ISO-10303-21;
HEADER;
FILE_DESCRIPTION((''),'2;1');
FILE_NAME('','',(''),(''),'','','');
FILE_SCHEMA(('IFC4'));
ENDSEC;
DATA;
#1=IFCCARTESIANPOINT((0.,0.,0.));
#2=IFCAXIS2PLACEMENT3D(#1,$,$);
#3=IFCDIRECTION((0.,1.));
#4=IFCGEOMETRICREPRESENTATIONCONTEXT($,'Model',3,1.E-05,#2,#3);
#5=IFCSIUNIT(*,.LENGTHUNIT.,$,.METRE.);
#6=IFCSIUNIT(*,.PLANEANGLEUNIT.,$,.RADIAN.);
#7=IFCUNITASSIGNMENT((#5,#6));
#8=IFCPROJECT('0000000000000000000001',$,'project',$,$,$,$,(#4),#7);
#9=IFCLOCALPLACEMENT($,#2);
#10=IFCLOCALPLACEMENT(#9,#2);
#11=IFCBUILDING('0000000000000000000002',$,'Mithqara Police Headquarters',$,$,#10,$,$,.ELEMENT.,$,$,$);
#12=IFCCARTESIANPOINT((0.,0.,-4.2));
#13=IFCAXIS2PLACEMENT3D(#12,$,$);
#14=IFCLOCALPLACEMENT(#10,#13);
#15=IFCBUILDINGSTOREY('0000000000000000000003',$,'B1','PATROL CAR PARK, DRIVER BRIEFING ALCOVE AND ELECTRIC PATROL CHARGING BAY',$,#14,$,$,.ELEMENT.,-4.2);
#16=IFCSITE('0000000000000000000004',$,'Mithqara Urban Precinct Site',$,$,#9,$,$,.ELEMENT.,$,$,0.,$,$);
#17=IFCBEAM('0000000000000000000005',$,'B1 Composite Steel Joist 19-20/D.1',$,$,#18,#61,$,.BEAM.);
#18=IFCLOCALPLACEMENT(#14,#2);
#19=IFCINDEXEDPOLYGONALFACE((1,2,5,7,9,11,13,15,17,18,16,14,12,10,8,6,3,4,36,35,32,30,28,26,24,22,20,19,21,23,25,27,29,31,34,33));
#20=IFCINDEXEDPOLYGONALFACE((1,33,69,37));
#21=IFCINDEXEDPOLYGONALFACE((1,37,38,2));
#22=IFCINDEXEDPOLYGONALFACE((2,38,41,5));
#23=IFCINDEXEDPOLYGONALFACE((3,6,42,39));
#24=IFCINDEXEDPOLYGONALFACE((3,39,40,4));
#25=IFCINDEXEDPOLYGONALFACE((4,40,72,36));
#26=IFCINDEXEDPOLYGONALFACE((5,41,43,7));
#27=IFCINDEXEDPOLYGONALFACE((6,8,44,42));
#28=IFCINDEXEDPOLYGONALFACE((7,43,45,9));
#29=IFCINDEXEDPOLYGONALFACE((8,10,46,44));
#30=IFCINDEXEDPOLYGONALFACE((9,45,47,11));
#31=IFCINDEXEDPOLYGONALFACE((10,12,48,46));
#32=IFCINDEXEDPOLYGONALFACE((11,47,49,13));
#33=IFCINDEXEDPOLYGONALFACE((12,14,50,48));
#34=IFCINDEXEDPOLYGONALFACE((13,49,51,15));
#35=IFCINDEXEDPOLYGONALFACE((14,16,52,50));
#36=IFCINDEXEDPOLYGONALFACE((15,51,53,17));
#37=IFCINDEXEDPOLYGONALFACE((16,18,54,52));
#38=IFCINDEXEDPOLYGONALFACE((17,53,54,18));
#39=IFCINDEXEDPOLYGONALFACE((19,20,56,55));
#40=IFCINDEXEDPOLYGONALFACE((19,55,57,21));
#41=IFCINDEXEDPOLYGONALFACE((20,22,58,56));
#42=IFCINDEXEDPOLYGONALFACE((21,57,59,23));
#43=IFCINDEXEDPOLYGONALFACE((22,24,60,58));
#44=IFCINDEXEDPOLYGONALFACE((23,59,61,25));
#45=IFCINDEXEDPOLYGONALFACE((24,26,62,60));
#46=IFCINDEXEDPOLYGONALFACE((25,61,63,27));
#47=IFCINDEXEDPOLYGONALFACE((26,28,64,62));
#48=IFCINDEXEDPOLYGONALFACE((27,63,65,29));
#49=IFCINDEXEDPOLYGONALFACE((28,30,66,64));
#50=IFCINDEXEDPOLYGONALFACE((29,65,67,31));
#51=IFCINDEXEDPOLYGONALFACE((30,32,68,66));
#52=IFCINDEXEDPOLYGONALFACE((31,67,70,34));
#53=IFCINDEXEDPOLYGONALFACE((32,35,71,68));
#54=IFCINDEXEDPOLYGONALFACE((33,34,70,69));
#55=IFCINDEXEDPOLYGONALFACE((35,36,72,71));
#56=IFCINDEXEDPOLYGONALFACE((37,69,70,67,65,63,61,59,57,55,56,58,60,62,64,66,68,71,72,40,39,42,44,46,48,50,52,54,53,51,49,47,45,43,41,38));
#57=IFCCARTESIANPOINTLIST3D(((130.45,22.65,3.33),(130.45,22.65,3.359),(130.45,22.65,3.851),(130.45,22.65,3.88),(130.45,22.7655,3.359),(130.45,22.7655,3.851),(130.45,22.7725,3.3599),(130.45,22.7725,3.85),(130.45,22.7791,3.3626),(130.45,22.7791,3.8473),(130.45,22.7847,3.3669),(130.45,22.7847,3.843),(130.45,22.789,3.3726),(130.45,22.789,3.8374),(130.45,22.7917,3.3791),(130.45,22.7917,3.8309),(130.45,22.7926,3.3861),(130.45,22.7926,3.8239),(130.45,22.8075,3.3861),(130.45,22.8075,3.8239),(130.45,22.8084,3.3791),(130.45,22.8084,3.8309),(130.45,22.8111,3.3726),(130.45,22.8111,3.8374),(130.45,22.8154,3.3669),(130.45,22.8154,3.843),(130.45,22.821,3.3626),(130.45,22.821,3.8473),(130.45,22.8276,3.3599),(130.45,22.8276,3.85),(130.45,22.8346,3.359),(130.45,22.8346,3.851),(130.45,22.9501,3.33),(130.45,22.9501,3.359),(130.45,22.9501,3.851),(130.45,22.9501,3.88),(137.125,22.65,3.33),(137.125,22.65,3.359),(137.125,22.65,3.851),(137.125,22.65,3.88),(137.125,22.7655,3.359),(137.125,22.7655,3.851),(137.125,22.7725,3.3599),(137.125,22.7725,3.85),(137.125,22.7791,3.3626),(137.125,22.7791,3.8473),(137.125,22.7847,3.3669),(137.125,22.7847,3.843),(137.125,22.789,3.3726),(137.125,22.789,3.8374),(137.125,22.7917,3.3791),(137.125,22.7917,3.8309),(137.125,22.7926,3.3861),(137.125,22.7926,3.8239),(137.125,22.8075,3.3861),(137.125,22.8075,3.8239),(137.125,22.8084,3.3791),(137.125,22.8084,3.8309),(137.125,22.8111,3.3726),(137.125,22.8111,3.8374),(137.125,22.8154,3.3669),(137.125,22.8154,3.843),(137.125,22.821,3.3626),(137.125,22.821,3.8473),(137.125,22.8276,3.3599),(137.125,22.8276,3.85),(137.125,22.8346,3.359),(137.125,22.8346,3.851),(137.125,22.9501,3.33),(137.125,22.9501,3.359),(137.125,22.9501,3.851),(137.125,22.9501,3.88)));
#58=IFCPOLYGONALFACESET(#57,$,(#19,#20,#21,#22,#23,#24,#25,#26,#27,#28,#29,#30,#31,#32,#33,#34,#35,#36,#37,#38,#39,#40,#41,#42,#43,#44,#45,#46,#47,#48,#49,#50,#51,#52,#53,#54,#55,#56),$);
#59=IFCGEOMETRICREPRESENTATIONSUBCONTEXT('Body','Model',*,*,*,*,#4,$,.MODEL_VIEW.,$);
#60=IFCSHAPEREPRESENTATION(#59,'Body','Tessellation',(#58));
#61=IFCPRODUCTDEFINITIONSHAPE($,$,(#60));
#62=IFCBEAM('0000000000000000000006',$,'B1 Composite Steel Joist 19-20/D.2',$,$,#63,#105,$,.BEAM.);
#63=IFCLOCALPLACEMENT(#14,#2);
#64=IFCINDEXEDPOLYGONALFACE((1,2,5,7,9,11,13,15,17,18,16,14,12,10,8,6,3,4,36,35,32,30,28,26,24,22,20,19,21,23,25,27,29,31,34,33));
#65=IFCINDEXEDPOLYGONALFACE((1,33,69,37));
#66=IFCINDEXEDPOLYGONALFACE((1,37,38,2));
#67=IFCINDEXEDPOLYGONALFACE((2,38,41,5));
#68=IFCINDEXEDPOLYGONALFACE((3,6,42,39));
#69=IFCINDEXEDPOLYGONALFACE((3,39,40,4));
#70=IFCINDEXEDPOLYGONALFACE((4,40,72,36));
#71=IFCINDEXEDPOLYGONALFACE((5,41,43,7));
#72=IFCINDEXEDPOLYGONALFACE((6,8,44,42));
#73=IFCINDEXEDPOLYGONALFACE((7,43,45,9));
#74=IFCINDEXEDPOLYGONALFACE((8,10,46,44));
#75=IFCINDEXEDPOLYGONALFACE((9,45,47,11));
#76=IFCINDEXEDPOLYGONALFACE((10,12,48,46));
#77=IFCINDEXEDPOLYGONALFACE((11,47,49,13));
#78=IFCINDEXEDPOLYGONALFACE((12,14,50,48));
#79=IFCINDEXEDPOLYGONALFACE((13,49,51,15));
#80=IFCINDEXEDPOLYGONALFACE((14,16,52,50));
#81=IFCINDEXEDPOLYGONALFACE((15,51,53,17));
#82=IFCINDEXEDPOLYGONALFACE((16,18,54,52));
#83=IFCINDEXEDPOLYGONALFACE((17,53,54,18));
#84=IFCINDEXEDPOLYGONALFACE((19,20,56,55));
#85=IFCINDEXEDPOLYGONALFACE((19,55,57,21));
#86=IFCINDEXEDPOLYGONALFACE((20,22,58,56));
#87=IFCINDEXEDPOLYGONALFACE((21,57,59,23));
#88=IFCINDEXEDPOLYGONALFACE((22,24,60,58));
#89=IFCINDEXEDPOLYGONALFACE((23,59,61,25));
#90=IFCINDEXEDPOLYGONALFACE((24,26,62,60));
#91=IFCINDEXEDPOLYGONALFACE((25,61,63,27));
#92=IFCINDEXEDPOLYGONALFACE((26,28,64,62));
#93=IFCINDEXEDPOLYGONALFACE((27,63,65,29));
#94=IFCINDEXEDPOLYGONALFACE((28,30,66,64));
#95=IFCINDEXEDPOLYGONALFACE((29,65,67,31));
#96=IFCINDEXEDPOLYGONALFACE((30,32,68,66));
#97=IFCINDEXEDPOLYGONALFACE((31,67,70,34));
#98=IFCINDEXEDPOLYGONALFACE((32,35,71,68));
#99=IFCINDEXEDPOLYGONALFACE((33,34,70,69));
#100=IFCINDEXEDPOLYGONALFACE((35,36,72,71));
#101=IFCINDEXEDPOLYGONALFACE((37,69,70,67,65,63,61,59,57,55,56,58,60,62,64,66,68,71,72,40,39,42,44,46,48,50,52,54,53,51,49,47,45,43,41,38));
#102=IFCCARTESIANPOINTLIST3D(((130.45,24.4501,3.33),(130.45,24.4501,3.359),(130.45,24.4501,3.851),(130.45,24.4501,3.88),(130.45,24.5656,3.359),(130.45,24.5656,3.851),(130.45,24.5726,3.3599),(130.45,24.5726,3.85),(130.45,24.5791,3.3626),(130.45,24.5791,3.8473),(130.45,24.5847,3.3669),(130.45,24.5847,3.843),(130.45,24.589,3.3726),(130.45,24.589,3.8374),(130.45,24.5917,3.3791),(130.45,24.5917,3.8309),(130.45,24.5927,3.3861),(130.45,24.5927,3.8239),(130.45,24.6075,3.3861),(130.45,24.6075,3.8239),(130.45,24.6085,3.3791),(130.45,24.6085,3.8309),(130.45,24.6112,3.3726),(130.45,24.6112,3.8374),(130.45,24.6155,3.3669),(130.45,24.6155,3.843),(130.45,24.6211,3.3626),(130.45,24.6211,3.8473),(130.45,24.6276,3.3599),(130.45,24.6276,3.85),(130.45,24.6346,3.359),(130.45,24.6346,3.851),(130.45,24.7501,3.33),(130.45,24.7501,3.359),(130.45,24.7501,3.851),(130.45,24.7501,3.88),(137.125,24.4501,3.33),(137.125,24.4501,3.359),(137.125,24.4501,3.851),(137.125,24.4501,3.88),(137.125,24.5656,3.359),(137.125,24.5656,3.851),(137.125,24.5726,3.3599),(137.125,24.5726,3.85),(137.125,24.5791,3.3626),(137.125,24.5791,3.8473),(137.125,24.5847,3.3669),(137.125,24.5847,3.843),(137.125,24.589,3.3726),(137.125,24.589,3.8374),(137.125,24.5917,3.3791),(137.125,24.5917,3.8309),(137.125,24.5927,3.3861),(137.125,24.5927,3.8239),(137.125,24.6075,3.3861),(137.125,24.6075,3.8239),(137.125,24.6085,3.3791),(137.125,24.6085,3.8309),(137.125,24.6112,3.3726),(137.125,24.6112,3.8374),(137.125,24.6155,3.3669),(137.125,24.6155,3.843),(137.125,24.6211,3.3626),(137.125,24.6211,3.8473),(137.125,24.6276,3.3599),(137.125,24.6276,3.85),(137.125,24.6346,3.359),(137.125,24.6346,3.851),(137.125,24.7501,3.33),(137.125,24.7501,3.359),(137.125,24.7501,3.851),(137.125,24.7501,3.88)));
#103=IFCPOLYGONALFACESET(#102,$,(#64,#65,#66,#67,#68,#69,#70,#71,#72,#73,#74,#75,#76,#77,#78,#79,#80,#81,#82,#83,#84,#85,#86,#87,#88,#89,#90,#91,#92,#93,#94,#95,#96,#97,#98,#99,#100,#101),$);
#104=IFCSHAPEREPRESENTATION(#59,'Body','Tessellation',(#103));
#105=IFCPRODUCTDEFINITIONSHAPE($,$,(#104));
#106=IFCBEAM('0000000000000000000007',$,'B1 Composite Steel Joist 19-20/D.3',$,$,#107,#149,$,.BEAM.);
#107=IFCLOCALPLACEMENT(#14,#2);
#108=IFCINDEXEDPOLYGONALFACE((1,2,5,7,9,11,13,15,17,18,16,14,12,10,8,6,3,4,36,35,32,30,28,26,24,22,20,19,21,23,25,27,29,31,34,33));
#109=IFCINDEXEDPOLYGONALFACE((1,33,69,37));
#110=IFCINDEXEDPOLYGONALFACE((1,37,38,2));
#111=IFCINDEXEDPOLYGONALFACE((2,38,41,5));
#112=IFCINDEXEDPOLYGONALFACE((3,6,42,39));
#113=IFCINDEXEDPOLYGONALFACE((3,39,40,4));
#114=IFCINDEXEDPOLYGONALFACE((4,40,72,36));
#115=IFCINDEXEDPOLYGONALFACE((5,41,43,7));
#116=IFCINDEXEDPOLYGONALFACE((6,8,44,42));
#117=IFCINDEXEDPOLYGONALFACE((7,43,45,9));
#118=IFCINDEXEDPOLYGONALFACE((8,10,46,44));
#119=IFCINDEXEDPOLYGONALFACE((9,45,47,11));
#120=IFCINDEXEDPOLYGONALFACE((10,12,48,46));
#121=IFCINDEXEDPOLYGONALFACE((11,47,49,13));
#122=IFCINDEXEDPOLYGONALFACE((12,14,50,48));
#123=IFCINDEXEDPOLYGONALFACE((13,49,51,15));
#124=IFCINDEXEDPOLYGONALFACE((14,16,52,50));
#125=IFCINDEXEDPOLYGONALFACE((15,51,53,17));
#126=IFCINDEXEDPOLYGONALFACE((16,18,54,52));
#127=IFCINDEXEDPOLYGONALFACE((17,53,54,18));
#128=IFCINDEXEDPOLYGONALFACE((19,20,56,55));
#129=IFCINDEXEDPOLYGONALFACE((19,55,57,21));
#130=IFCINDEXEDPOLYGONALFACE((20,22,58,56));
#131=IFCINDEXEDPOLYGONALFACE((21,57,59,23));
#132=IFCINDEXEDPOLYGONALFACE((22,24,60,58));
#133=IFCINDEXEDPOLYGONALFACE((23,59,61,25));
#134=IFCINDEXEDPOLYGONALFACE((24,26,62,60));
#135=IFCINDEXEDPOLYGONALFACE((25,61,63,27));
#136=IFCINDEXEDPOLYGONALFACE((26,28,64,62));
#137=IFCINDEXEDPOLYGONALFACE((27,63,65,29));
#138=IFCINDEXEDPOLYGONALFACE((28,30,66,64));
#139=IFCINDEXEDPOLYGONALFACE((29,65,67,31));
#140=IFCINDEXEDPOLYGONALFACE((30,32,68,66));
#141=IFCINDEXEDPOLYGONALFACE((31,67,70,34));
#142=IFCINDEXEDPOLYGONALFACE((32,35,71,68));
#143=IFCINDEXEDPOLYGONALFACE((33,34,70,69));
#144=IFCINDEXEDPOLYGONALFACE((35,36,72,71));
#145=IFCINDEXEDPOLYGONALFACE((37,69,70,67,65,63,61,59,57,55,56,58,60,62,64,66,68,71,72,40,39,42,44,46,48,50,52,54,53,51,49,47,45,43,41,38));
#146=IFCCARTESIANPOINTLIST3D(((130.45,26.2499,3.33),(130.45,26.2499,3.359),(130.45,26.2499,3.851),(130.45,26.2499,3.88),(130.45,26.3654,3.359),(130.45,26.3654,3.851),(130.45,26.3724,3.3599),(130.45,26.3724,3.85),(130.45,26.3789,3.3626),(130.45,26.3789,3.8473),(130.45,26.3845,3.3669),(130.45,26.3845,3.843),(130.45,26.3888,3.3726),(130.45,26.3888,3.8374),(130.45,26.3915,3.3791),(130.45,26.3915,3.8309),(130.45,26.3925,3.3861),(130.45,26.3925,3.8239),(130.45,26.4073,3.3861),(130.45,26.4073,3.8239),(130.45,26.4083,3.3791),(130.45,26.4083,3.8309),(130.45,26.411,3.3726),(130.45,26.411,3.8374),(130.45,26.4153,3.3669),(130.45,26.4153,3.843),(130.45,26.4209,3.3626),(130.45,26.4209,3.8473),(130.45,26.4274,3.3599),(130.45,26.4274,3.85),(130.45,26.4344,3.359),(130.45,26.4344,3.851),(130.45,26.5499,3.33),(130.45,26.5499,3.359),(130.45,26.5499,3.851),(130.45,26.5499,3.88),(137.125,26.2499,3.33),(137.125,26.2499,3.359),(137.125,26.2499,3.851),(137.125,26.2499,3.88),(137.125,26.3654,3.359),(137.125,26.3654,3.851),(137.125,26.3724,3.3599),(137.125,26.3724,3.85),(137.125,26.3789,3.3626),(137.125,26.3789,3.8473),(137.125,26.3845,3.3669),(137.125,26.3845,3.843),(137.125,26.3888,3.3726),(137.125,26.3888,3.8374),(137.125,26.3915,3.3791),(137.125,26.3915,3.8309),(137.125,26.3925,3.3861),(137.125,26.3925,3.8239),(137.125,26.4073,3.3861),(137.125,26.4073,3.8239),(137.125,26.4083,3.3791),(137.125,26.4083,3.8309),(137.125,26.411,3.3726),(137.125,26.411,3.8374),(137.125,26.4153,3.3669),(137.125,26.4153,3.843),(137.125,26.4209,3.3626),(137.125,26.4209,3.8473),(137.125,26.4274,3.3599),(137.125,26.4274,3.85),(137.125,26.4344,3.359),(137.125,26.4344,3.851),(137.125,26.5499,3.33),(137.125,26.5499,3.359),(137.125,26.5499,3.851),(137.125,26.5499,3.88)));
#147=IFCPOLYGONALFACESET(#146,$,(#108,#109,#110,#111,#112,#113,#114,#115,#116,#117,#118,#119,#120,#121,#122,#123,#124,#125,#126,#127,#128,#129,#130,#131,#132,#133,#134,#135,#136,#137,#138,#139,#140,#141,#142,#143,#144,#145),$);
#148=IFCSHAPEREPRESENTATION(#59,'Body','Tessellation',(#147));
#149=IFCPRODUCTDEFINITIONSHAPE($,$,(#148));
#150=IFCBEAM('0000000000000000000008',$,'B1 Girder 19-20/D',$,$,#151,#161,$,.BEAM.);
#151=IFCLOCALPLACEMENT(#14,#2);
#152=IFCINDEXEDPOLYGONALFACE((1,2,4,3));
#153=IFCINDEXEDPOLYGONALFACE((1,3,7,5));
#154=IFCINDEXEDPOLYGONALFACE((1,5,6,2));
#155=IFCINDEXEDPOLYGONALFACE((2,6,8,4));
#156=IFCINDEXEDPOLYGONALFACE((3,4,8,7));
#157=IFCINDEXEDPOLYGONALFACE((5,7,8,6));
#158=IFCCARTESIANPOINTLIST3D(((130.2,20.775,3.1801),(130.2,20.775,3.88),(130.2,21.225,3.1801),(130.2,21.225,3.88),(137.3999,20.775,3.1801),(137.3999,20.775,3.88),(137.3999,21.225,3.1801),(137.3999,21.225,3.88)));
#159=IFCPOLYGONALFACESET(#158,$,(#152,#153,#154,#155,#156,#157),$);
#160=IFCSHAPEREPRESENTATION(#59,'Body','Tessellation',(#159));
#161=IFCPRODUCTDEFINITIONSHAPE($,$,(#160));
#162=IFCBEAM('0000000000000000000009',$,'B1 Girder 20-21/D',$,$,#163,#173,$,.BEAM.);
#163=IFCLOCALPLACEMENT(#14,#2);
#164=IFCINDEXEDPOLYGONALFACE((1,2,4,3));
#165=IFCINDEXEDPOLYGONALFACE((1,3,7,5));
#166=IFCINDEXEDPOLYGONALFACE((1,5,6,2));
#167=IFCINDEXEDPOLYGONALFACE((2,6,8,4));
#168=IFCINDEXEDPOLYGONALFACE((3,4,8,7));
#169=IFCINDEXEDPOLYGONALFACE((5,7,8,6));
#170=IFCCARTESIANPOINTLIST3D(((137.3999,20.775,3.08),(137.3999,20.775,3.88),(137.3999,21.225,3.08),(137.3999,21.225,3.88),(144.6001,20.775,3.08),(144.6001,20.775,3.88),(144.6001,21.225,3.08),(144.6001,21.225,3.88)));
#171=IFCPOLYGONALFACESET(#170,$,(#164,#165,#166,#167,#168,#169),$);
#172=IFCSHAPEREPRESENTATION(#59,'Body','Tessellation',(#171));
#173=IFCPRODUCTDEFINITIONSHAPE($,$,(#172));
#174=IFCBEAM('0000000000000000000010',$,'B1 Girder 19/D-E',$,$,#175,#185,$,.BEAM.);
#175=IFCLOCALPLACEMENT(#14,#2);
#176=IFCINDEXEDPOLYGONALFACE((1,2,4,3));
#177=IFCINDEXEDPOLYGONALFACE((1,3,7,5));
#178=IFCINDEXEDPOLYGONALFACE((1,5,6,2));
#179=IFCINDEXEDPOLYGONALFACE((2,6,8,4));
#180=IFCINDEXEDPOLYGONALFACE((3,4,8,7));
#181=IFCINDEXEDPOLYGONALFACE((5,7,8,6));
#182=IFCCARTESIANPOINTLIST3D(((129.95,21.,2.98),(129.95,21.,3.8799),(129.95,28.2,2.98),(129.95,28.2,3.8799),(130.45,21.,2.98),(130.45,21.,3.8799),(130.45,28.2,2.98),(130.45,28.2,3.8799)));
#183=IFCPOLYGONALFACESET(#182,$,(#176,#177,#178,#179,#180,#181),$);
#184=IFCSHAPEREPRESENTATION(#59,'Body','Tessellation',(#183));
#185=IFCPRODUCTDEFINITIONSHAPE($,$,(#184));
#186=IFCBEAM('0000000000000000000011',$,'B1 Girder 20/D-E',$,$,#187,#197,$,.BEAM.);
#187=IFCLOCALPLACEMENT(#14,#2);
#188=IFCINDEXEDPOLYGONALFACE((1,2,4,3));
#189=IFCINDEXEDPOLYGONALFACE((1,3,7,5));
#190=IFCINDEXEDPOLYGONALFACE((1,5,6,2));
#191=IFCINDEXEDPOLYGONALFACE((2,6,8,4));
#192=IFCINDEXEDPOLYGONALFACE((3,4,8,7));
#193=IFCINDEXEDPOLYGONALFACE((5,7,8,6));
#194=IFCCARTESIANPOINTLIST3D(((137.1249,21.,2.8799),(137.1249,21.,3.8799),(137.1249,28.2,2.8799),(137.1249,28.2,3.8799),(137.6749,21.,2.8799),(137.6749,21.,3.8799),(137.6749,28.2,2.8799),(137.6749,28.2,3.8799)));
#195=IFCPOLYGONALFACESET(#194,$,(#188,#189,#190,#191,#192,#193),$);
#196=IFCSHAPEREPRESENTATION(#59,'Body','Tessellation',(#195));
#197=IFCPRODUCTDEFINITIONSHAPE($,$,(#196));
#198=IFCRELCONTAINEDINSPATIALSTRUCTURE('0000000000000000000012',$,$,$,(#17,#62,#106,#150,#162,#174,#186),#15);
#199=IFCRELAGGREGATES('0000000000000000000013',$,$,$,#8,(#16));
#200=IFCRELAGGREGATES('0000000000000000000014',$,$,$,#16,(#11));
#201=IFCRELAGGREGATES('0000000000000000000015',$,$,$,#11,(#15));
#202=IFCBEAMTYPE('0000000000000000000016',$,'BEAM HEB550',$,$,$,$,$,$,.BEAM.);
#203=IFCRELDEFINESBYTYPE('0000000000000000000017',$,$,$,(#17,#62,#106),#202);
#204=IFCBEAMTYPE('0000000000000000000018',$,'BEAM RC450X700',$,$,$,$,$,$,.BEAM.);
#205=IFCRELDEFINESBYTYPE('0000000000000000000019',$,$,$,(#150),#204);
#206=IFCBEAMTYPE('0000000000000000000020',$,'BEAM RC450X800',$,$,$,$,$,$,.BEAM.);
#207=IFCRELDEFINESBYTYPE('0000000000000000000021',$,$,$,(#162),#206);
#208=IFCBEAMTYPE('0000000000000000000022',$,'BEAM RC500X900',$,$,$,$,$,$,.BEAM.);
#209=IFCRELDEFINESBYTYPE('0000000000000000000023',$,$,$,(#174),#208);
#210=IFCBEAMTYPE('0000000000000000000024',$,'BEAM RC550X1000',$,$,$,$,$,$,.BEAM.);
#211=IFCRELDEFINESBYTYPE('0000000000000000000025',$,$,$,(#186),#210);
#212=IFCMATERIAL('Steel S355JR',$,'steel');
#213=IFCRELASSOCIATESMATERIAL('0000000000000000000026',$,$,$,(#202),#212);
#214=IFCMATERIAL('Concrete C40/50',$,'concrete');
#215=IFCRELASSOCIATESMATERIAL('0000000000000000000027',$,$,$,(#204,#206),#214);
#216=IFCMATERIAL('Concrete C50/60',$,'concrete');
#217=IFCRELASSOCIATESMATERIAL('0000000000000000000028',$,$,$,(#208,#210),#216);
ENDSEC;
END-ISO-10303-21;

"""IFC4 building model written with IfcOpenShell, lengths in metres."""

from ifc_helpers import new_model, si_unit, direction, frame, origin, origin_2d, place, context, subcontext, project, spatial, rectangle, i_section, extrude, material, material_profile, profile_set, type_object, element, save


model = new_model("IFC4")

# Units and contexts
model_context = context("Model", 3, precision=1e-05, world=origin(), true_north=direction((0.0, 1.0)))
body_context = subcontext(model_context, "Body", "Model", "MODEL_VIEW")
ifc_project = project(units=[si_unit("LENGTHUNIT", "METRE"), si_unit("PLANEANGLEUNIT", "RADIAN")], contexts=[model_context])

# Site, building, storey
site_placement = place(None, origin())
site = spatial("IfcSite", under=ifc_project, at=site_placement, Name="Mithqara Urban Precinct Site", CompositionType="ELEMENT", RefElevation=0.0)
building_placement = place(site_placement, origin())
building = spatial("IfcBuilding", under=site, at=building_placement, Name="Mithqara Police Headquarters", CompositionType="ELEMENT")
storey_placement = place(building_placement, frame((0.0, 0.0, -4.2)))
storey = spatial("IfcBuildingStorey", under=building, at=storey_placement, Name="B1", Description="PATROL CAR PARK, DRIVER BRIEFING ALCOVE AND ELECTRIC PATROL CHARGING BAY", CompositionType="ELEMENT", Elevation=-4.2)

# Shared definitions
ifc_material_1 = material(Name="Concrete C40/50", Category="concrete")

# Shared definitions
ifc_material_2 = material(Name="Concrete C50/60", Category="concrete")

# Beams
ifc_material_3 = material(Name="Steel S355JR", Category="steel")
ifc_material_profile_1 = material_profile(ifc_material_3, i_section(OverallWidth=0.3, OverallDepth=0.55, WebThickness=0.0149, FlangeThickness=0.0291, FilletRadius=0.0271, at=origin_2d()), Name="HEB 550")
ifc_profile_set_1 = profile_set([ifc_material_profile_1], Name="Steel S355JR")
beam_type_1 = type_object("IfcBeamType", Name="BEAM HEB550", PredefinedType="BEAM", material=ifc_profile_set_1)
for number, where, z_axis, x_axis, name in (
    (1, (130.45, 22.8, 3.605), (1.0, 0.0, 0.0), (0.0, 1.0, 0.0), "B1 Composite Steel Joist 19-20/D.1"),
    (2, (130.45, 24.6001, 3.605), (1.0, 0.0, 0.0), (0.0, 1.0, 0.0), "B1 Composite Steel Joist 19-20/D.2"),
    (3, (130.45, 26.3999, 3.605), (1.0, 0.0, 0.0), (0.0, 1.0, 0.0), "B1 Composite Steel Joist 19-20/D.3"),
):
    element("IfcBeam", number, at=place(storey_placement, frame(where, z_axis=z_axis, x_axis=x_axis)), inside=storey, type_object=beam_type_1, Name=name, PredefinedType="BEAM", context=body_context, shape_type="SweptSolid", body=[
        extrude(i_section(OverallWidth=0.3, OverallDepth=0.55, WebThickness=0.0149, FlangeThickness=0.0291, FilletRadius=0.0271, at=origin_2d()), origin(), (0.0, 0.0, 1.0), 6.675),
    ])
ifc_material_profile_2 = material_profile(ifc_material_1, rectangle(XDim=0.45, YDim=0.7, at=origin_2d()), Name="RC 450x700")
ifc_profile_set_2 = profile_set([ifc_material_profile_2], Name="Concrete C40/50")
beam_type_2 = type_object("IfcBeamType", Name="BEAM RC450X700", PredefinedType="BEAM", material=ifc_profile_set_2)
beam_1_placement = place(storey_placement, frame((130.2, 21.0, 3.53), z_axis=(1.0, 0.0, 0.0), x_axis=(0.0, 1.0, 0.0)))
element("IfcBeam", 4, at=beam_1_placement, inside=storey, type_object=beam_type_2, Name="B1 Girder 19-20/D", PredefinedType="BEAM", context=body_context, shape_type="SweptSolid", body=[
    extrude(rectangle(XDim=0.45, YDim=0.7, at=origin_2d()), origin(), (0.0, 0.0, 1.0), 7.2),
])
ifc_material_profile_3 = material_profile(ifc_material_1, rectangle(XDim=0.45, YDim=0.8, at=origin_2d()), Name="RC 450x800")
ifc_profile_set_3 = profile_set([ifc_material_profile_3], Name="Concrete C40/50")
beam_type_3 = type_object("IfcBeamType", Name="BEAM RC450X800", PredefinedType="BEAM", material=ifc_profile_set_3)
beam_2_placement = place(storey_placement, frame((137.3999, 21.0, 3.48), z_axis=(1.0, 0.0, 0.0), x_axis=(0.0, 1.0, 0.0)))
element("IfcBeam", 5, at=beam_2_placement, inside=storey, type_object=beam_type_3, Name="B1 Girder 20-21/D", PredefinedType="BEAM", context=body_context, shape_type="SweptSolid", body=[
    extrude(rectangle(XDim=0.45, YDim=0.8, at=origin_2d()), origin(), (0.0, 0.0, 1.0), 7.2002),
])
ifc_material_profile_4 = material_profile(ifc_material_2, rectangle(XDim=0.5, YDim=0.8999, at=origin_2d()), Name="RC 500x900")
ifc_profile_set_4 = profile_set([ifc_material_profile_4], Name="Concrete C50/60")
beam_type_4 = type_object("IfcBeamType", Name="BEAM RC500X900", PredefinedType="BEAM", material=ifc_profile_set_4)
beam_3_placement = place(storey_placement, frame((130.2, 21.0, 3.4299), z_axis=(0.0, 1.0, 0.0), x_axis=(-1.0, 0.0, 0.0)))
element("IfcBeam", 6, at=beam_3_placement, inside=storey, type_object=beam_type_4, Name="B1 Girder 19/D-E", PredefinedType="BEAM", context=body_context, shape_type="SweptSolid", body=[
    extrude(rectangle(XDim=0.5, YDim=0.8999, at=origin_2d()), origin(), (0.0, 0.0, 1.0), 7.2),
])
ifc_material_profile_5 = material_profile(ifc_material_2, rectangle(XDim=0.55, YDim=1.0, at=origin_2d()), Name="RC 550x1000")
ifc_profile_set_5 = profile_set([ifc_material_profile_5], Name="Concrete C50/60")
beam_type_5 = type_object("IfcBeamType", Name="BEAM RC550X1000", PredefinedType="BEAM", material=ifc_profile_set_5)
beam_4_placement = place(storey_placement, frame((137.3999, 21.0, 3.3799), z_axis=(0.0, 1.0, 0.0), x_axis=(-1.0, 0.0, 0.0)))
element("IfcBeam", 7, at=beam_4_placement, inside=storey, type_object=beam_type_5, Name="B1 Girder 20/D-E", PredefinedType="BEAM", context=body_context, shape_type="SweptSolid", body=[
    extrude(rectangle(XDim=0.55, YDim=1.0, at=origin_2d()), origin(), (0.0, 0.0, 1.0), 7.2),
])

save(model, "model.ifc")
